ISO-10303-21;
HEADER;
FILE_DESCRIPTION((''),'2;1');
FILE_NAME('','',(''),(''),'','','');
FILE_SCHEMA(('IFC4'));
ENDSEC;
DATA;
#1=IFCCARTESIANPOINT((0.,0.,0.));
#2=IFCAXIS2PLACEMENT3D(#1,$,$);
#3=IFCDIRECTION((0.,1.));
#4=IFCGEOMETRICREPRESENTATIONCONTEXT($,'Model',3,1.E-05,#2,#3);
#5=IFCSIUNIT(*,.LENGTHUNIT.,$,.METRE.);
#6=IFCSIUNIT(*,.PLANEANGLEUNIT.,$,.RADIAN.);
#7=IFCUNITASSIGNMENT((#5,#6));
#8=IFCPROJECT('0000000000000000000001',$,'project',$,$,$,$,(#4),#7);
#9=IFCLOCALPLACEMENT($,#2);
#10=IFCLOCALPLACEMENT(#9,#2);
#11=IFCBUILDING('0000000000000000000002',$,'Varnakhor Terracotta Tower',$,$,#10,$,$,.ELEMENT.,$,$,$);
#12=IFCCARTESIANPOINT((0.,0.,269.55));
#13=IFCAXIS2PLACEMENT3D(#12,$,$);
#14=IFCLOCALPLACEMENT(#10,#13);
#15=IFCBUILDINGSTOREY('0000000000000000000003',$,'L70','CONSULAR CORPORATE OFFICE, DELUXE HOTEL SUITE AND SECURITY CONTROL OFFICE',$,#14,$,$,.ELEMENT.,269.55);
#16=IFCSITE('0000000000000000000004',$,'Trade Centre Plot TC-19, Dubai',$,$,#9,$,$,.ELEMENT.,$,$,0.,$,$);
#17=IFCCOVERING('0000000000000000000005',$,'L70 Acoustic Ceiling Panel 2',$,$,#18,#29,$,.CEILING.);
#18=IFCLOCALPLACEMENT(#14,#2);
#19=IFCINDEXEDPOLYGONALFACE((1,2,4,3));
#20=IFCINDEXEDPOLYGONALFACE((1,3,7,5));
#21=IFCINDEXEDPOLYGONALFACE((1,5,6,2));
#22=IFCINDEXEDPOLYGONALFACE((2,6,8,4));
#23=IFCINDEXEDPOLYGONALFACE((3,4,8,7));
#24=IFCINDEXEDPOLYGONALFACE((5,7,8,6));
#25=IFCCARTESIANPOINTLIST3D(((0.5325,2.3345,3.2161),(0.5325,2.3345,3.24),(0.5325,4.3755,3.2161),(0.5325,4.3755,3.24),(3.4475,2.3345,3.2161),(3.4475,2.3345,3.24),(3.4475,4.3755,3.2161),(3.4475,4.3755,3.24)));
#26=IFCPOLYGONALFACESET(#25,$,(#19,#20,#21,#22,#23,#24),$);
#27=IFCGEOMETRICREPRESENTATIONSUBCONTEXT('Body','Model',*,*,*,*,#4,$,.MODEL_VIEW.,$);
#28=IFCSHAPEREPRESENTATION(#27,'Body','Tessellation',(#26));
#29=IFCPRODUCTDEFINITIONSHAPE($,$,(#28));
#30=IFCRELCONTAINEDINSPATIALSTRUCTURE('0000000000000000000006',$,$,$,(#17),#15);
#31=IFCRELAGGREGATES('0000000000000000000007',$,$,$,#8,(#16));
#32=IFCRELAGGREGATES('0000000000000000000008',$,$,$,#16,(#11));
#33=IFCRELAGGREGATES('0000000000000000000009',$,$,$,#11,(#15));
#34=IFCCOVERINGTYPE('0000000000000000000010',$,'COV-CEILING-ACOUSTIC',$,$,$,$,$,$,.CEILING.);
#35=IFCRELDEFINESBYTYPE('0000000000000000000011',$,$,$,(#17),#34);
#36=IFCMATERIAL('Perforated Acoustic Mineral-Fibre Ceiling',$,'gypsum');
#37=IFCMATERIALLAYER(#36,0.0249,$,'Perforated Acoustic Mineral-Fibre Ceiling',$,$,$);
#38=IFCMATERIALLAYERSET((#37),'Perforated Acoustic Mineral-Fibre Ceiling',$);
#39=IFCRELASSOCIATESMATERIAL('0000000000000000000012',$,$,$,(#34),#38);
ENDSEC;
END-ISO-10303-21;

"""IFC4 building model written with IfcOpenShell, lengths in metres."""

from ifc_helpers import new_model, si_unit, direction, frame, origin, origin_2d, place, context, subcontext, project, spatial, rectangle, extrude, source, transform, mapped, material, layer, layer_set, type_object, element, save


model = new_model("IFC4")

# Units and contexts
model_context = context("Model", 3, precision=1e-05, world=origin(), true_north=direction((0.0, 1.0)))
body_context = subcontext(model_context, "Body", "Model", "MODEL_VIEW")
ifc_project = project(units=[si_unit("LENGTHUNIT", "METRE"), si_unit("PLANEANGLEUNIT", "RADIAN")], contexts=[model_context])

# Site, building, storey
site_placement = place(None, origin())
site = spatial("IfcSite", under=ifc_project, at=site_placement, Name="Trade Centre Plot TC-19, Dubai", CompositionType="ELEMENT", RefElevation=0.0)
building_placement = place(site_placement, origin())
building = spatial("IfcBuilding", under=site, at=building_placement, Name="Varnakhor Terracotta Tower", CompositionType="ELEMENT")
storey_placement = place(building_placement, frame((0.0, 0.0, 269.55)))
storey = spatial("IfcBuildingStorey", under=building, at=storey_placement, Name="L70", Description="CONSULAR CORPORATE OFFICE, DELUXE HOTEL SUITE AND SECURITY CONTROL OFFICE", CompositionType="ELEMENT", Elevation=269.55)

# Covering
ifc_material_1 = material(Name="Perforated Acoustic Mineral-Fibre Ceiling", Category="gypsum")
ifc_layer_1 = layer(ifc_material_1, 0.0249, Name="Perforated Acoustic Mineral-Fibre Ceiling")
ifc_layer_set_1 = layer_set([ifc_layer_1], Name="Perforated Acoustic Mineral-Fibre Ceiling")
covering_type_1 = type_object("IfcCoveringType", Name="COV-CEILING-ACOUSTIC", PredefinedType="CEILING", material=ifc_layer_set_1)
shared_shape_1 = source(origin(), body_context, "Body", "SweptSolid", [
    extrude(rectangle(XDim=2.915, YDim=2.041, at=origin_2d()), origin(), (0.0, 0.0, 1.0), 0.0239),
])
covering_1_placement = place(storey_placement, frame((1.99, 3.355, 3.2161), z_axis=(0.0, 0.0, 1.0), x_axis=(1.0, 0.0, 0.0)))
element("IfcCovering", 1, at=covering_1_placement, inside=storey, type_object=covering_type_1, Name="L70 Acoustic Ceiling Panel 2", PredefinedType="CEILING", context=body_context, shape_type="MappedRepresentation", body=[
    mapped(shared_shape_1, transform((0.0, 0.0, 0.0), scale=1.0)),
])

save(model, "model.ifc")
